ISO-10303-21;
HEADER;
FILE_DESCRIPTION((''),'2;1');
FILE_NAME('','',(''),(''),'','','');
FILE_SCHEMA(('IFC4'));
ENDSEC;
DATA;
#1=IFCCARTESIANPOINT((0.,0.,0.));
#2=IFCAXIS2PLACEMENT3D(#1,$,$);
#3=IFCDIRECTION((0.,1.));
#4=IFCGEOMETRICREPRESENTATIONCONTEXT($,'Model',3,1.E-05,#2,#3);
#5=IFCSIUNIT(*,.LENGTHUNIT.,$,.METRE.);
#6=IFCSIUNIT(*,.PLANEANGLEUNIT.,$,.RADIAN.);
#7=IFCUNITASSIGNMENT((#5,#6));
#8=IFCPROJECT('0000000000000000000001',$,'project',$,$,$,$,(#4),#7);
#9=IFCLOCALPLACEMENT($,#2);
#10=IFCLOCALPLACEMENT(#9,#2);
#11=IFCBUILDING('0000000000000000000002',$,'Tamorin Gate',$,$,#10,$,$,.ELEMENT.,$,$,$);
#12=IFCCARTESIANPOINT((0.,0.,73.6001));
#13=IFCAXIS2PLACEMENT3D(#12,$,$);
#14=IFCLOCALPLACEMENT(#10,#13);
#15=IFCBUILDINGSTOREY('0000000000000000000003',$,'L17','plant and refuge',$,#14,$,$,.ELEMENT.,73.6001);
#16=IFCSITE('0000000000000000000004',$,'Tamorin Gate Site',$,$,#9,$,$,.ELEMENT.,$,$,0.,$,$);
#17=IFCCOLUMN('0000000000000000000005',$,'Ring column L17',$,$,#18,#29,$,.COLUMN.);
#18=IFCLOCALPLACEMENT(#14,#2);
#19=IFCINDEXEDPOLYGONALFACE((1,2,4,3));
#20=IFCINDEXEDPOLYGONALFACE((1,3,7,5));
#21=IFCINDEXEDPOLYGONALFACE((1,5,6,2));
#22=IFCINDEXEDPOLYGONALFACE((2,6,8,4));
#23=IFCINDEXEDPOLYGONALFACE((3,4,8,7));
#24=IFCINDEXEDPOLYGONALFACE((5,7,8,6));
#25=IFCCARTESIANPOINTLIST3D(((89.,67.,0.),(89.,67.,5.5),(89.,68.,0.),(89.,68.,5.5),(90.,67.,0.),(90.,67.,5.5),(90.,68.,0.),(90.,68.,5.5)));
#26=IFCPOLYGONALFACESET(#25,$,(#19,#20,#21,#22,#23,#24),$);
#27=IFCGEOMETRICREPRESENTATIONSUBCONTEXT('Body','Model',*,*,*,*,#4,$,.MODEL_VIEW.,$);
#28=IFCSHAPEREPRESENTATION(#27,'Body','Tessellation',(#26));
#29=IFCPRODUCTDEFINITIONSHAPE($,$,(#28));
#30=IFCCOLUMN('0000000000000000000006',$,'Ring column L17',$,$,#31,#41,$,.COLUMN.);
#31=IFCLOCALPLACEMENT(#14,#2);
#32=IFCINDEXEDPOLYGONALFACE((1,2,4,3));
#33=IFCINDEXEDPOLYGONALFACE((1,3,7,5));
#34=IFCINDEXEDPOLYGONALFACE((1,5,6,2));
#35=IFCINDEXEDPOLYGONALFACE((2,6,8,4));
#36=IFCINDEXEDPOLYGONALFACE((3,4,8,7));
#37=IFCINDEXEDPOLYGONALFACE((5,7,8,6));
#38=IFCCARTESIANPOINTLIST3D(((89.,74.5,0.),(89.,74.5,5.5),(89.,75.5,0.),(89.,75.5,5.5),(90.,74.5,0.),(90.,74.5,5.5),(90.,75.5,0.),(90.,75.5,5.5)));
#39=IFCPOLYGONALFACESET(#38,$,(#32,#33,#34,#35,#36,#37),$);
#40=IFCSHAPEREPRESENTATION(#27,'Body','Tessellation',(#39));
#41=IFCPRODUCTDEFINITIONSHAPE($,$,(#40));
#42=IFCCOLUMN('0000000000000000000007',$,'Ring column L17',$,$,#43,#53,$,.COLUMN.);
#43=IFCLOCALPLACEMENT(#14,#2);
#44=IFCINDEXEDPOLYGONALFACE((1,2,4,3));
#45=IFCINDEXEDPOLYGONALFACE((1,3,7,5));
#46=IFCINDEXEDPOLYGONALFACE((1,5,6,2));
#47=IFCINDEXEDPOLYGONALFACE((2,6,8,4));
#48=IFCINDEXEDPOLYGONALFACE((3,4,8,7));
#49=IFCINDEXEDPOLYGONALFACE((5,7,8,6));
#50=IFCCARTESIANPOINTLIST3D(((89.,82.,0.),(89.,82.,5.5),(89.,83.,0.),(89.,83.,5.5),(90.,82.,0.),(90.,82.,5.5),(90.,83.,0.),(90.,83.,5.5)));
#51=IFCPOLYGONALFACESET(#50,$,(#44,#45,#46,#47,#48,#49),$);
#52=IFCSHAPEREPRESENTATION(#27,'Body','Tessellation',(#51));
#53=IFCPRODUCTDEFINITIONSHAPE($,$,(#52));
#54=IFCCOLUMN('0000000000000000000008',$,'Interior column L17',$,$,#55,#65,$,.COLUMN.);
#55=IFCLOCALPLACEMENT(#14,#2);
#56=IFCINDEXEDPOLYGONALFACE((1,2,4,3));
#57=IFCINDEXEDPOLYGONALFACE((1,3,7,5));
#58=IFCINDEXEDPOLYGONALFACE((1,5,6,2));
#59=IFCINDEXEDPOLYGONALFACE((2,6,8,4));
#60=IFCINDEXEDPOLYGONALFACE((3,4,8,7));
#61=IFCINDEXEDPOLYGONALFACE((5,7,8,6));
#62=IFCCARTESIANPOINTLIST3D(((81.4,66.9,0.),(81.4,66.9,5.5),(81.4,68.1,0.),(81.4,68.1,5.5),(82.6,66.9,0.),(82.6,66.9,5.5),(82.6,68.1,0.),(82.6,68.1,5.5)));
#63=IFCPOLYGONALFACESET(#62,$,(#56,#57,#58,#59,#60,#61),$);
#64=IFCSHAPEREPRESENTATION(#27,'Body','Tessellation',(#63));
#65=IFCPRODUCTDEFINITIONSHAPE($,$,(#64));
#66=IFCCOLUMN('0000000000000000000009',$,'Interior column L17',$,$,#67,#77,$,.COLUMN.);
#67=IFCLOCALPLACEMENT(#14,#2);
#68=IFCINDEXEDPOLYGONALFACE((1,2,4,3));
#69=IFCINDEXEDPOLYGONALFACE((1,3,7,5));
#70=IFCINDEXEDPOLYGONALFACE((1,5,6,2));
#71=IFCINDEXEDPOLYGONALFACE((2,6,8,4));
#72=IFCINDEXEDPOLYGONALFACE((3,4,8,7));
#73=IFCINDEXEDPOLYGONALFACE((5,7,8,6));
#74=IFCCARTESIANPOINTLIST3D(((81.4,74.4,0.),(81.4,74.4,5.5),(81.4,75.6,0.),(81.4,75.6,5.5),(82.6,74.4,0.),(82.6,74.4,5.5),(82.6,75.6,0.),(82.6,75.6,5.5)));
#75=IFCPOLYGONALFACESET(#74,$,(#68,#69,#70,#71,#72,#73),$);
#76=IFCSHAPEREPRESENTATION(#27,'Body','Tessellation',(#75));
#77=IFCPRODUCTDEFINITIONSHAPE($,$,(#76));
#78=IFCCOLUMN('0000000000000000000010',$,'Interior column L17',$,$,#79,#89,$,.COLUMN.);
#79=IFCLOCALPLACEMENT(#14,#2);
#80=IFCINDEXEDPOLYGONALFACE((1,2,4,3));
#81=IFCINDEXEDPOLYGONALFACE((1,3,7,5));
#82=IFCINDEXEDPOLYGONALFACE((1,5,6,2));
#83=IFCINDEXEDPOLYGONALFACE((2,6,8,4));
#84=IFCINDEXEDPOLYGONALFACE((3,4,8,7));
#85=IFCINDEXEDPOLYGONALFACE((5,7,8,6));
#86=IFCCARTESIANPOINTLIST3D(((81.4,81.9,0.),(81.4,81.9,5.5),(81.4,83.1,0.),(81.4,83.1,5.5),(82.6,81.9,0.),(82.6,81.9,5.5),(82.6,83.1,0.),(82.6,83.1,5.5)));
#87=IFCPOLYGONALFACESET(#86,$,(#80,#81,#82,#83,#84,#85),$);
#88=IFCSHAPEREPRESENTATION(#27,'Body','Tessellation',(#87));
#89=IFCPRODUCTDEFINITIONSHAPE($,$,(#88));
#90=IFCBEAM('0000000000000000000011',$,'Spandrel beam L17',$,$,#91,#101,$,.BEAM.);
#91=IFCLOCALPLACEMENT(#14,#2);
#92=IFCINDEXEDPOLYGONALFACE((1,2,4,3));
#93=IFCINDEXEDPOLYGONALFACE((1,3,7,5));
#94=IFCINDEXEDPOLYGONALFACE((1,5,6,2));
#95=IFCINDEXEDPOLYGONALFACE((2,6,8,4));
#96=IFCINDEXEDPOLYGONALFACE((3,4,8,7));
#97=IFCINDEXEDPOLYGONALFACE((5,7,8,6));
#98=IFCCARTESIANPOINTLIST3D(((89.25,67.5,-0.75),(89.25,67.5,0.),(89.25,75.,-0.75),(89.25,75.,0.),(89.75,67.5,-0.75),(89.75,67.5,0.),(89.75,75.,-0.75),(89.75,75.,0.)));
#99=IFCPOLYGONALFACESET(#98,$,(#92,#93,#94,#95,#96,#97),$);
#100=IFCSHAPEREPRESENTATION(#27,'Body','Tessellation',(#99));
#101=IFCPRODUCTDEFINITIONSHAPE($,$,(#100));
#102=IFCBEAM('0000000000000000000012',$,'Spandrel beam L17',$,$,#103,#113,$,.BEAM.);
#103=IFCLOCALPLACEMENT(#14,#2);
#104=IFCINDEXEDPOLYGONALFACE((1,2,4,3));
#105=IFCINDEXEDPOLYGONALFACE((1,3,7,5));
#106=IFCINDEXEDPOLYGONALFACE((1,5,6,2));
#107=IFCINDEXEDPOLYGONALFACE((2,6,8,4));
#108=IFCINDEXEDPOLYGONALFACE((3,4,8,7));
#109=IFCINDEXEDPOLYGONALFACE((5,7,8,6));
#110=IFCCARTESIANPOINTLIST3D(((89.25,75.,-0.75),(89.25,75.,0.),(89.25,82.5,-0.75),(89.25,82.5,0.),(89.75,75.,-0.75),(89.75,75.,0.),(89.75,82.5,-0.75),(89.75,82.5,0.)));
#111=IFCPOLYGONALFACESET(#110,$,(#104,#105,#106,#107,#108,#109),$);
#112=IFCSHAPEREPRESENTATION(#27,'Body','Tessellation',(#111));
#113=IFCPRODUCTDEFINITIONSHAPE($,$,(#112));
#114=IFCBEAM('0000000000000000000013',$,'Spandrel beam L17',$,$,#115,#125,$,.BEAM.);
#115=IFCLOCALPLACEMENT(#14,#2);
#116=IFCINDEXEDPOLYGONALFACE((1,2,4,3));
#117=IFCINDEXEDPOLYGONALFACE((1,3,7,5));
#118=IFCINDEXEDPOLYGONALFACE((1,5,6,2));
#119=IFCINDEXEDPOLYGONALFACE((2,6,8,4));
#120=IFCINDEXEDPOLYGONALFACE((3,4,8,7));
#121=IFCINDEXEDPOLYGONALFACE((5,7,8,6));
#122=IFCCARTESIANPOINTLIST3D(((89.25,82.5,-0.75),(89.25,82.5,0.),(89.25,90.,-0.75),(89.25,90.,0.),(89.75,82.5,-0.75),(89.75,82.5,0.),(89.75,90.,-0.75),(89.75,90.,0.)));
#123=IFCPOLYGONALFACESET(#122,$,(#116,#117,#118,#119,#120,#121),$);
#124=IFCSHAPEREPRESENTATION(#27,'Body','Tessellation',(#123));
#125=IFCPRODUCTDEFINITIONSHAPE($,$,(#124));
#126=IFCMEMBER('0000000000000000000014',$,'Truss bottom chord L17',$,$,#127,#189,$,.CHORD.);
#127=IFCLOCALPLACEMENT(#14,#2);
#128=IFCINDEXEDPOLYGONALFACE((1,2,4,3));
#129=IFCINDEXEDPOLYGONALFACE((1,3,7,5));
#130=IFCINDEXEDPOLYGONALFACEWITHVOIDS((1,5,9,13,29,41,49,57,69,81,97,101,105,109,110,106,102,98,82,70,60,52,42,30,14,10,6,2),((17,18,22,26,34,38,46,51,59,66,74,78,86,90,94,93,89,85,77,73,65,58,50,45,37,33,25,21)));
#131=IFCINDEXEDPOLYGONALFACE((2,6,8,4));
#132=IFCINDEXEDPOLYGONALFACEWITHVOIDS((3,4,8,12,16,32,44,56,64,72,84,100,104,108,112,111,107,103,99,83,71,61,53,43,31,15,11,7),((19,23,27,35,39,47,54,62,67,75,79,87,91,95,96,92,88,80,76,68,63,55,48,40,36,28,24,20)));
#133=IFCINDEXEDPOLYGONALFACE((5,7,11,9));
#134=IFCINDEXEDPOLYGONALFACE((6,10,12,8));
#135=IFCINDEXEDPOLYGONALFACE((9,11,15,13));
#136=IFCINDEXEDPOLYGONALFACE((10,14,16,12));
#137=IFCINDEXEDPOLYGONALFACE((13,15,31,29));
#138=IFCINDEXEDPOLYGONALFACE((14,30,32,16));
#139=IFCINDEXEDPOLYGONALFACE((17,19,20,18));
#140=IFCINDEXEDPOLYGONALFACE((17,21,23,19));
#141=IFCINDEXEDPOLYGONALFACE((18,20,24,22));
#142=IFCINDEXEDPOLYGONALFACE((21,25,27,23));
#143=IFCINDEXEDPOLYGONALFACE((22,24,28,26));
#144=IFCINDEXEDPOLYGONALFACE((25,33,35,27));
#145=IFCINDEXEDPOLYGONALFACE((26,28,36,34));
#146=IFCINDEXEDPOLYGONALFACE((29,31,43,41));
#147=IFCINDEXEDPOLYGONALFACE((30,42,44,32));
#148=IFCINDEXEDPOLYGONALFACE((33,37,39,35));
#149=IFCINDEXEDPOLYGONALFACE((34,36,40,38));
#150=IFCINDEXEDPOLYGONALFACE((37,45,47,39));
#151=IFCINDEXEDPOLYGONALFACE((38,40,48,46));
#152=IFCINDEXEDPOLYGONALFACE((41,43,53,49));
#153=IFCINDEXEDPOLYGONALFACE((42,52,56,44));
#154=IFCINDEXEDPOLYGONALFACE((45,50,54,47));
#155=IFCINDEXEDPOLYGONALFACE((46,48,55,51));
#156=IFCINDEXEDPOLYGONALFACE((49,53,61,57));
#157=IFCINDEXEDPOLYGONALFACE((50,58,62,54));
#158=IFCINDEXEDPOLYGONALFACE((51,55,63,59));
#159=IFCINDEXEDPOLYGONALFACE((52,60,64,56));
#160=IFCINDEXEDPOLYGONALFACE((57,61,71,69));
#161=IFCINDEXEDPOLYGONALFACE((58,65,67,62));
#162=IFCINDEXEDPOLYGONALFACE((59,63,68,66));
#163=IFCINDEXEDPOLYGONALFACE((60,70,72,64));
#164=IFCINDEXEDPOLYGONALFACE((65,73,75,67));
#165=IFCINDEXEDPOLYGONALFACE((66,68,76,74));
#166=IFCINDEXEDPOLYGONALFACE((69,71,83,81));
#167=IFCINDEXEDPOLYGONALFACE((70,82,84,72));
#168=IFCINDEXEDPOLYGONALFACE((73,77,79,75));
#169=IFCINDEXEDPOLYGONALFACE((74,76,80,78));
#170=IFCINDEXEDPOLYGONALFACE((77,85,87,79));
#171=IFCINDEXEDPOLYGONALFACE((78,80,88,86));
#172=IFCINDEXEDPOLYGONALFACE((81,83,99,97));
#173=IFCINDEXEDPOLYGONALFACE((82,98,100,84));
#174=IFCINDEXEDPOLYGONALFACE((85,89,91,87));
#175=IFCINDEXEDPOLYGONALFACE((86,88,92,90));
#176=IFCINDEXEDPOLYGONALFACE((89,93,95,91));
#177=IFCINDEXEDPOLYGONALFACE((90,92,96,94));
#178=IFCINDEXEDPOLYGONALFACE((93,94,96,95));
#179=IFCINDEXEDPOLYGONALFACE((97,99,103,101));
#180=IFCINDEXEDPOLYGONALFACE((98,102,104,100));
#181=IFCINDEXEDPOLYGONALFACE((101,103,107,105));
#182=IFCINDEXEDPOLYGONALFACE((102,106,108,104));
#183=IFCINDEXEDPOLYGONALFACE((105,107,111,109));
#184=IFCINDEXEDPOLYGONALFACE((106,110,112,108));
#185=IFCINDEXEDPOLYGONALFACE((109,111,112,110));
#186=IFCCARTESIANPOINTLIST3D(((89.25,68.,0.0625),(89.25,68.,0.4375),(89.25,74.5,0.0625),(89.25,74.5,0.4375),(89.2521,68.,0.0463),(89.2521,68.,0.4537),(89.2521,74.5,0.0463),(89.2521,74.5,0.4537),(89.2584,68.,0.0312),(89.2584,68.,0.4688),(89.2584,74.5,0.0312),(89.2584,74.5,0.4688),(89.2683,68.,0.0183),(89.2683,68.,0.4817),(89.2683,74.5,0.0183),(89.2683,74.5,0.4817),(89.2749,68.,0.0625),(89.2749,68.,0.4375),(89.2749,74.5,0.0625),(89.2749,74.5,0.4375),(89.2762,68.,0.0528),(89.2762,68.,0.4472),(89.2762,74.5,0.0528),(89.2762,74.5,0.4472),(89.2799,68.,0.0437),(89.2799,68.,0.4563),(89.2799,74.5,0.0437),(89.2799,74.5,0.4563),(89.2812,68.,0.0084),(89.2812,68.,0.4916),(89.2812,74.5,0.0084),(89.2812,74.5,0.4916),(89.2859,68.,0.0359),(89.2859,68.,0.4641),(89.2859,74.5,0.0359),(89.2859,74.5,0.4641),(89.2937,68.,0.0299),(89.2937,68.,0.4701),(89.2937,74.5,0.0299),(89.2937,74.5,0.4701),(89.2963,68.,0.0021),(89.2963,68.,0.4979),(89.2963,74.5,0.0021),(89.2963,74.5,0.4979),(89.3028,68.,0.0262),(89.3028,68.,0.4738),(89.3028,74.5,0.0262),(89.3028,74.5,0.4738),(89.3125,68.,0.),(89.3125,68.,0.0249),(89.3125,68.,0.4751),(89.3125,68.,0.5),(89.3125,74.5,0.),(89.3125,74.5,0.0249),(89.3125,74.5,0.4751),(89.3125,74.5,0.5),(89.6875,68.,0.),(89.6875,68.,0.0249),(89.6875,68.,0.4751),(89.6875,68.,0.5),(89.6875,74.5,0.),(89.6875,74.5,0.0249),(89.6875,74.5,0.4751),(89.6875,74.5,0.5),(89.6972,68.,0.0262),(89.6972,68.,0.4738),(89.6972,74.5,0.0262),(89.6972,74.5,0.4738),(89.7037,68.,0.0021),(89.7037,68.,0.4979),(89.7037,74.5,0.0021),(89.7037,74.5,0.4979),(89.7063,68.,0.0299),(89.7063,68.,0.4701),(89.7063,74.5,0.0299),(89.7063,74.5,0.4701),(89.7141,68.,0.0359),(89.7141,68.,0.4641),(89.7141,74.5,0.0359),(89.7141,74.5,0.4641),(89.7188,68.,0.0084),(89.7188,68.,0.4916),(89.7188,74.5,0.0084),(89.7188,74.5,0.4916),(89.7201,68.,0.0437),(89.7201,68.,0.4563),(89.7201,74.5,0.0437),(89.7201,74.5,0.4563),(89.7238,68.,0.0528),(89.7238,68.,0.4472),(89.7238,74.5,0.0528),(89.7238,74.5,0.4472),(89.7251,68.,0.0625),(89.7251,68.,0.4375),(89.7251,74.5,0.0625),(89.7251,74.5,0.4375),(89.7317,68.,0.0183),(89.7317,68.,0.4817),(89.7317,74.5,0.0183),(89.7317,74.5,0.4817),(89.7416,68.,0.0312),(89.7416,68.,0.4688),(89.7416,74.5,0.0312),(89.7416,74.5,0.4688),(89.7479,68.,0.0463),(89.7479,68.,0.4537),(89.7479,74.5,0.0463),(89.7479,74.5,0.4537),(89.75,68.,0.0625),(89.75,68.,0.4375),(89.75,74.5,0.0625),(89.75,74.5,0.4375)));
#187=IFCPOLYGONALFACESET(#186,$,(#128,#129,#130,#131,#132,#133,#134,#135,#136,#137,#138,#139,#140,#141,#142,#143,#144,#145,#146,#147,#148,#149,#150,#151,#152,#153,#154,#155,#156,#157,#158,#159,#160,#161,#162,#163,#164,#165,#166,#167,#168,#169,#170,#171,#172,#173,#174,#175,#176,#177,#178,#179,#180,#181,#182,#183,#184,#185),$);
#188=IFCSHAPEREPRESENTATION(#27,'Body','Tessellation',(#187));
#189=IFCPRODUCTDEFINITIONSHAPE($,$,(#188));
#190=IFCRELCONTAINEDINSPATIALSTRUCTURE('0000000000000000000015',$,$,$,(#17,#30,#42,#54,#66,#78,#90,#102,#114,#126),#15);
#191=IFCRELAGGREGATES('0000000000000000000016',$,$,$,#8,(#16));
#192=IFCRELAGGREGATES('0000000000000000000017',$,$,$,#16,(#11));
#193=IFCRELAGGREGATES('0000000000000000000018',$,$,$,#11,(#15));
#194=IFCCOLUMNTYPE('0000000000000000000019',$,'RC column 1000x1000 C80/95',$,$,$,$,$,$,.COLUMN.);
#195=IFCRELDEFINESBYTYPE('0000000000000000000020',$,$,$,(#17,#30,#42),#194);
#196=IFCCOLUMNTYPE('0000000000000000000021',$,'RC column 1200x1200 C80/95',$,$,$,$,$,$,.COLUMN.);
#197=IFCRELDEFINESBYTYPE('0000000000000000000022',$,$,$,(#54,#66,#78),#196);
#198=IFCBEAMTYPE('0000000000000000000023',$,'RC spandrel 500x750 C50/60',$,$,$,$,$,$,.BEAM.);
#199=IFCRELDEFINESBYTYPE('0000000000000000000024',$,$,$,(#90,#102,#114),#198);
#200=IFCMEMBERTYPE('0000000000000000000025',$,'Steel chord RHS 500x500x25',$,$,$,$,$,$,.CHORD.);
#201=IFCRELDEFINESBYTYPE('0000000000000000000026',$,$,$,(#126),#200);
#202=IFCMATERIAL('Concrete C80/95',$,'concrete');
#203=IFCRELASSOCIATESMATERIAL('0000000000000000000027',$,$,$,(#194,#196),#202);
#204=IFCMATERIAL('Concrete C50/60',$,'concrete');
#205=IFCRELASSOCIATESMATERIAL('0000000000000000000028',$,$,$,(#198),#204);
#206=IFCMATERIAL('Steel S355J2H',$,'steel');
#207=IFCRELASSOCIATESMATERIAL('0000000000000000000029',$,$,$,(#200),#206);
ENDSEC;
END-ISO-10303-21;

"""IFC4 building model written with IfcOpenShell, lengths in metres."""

from ifc_helpers import new_model, si_unit, direction, frame, origin, origin_2d, place, context, subcontext, project, spatial, rectangle, hollow_rectangle, extrude, material, material_profile, profile_set, type_object, element, save


model = new_model("IFC4")

# Units and contexts
model_context = context("Model", 3, precision=1e-05, world=origin(), true_north=direction((0.0, 1.0)))
body_context = subcontext(model_context, "Body", "Model", "MODEL_VIEW")
ifc_project = project(units=[si_unit("LENGTHUNIT", "METRE"), si_unit("PLANEANGLEUNIT", "RADIAN")], contexts=[model_context])

# Site, building, storey
site_placement = place(None, origin())
site = spatial("IfcSite", under=ifc_project, at=site_placement, Name="Tamorin Gate Site", CompositionType="ELEMENT", RefElevation=0.0)
building_placement = place(site_placement, origin())
building = spatial("IfcBuilding", under=site, at=building_placement, Name="Tamorin Gate", CompositionType="ELEMENT")
storey_placement = place(building_placement, frame((0.0, 0.0, 73.6001)))
storey = spatial("IfcBuildingStorey", under=building, at=storey_placement, Name="L17", Description="plant and refuge", CompositionType="ELEMENT", Elevation=73.6001)

# Columns
ifc_material_1 = material(Name="Concrete C80/95", Category="concrete")
ifc_material_profile_1 = material_profile(ifc_material_1, rectangle(XDim=1.0, YDim=1.0, at=origin_2d()), Name="RC 1000x1000")
ifc_profile_set_1 = profile_set([ifc_material_profile_1], Name="Concrete C80/95")
column_type_1 = type_object("IfcColumnType", Name="RC column 1000x1000 C80/95", PredefinedType="COLUMN", material=ifc_profile_set_1)
for number, where, z_axis, x_axis, name in (
    (1, (89.5, 67.5, 0.0), (0.0, 0.0, 1.0), (1.0, 0.0, 0.0), "Ring column L17"),
    (2, (89.5, 75.0, 0.0), (0.0, 0.0, 1.0), (1.0, 0.0, 0.0), "Ring column L17"),
    (3, (89.5, 82.5, 0.0), (0.0, 0.0, 1.0), (1.0, 0.0, 0.0), "Ring column L17"),
):
    element("IfcColumn", number, at=place(storey_placement, frame(where, z_axis=z_axis, x_axis=x_axis)), inside=storey, type_object=column_type_1, Name=name, PredefinedType="COLUMN", context=body_context, shape_type="SweptSolid", body=[
        extrude(rectangle(XDim=1.0, YDim=1.0, at=origin_2d()), origin(), (0.0, 0.0, 1.0), 5.5),
    ])
ifc_material_profile_2 = material_profile(ifc_material_1, rectangle(XDim=1.2, YDim=1.2, at=origin_2d()), Name="RC 1200x1200")
ifc_profile_set_2 = profile_set([ifc_material_profile_2], Name="Concrete C80/95")
column_type_2 = type_object("IfcColumnType", Name="RC column 1200x1200 C80/95", PredefinedType="COLUMN", material=ifc_profile_set_2)
for number, where, z_axis, x_axis, name in (
    (4, (82.0, 67.5, 0.0), (0.0, 0.0, 1.0), (1.0, 0.0, 0.0), "Interior column L17"),
    (5, (82.0, 75.0, 0.0), (0.0, 0.0, 1.0), (1.0, 0.0, 0.0), "Interior column L17"),
    (6, (82.0, 82.5, 0.0), (0.0, 0.0, 1.0), (1.0, 0.0, 0.0), "Interior column L17"),
):
    element("IfcColumn", number, at=place(storey_placement, frame(where, z_axis=z_axis, x_axis=x_axis)), inside=storey, type_object=column_type_2, Name=name, PredefinedType="COLUMN", context=body_context, shape_type="SweptSolid", body=[
        extrude(rectangle(XDim=1.2, YDim=1.2, at=origin_2d()), origin(), (0.0, 0.0, 1.0), 5.5),
    ])

# Beams
ifc_material_2 = material(Name="Concrete C50/60", Category="concrete")
ifc_material_profile_3 = material_profile(ifc_material_2, rectangle(XDim=0.5, YDim=0.75, at=origin_2d()), Name="RC 500x750")
ifc_profile_set_3 = profile_set([ifc_material_profile_3], Name="Concrete C50/60")
beam_type = type_object("IfcBeamType", Name="RC spandrel 500x750 C50/60", PredefinedType="BEAM", material=ifc_profile_set_3)
for number, where, z_axis, x_axis, name in (
    (7, (89.5, 67.5, -0.375), (0.0, 1.0, 0.0), (-1.0, 0.0, 0.0), "Spandrel beam L17"),
    (8, (89.5, 75.0, -0.375), (0.0, 1.0, 0.0), (-1.0, 0.0, 0.0), "Spandrel beam L17"),
    (9, (89.5, 82.5, -0.375), (0.0, 1.0, 0.0), (-1.0, 0.0, 0.0), "Spandrel beam L17"),
):
    element("IfcBeam", number, at=place(storey_placement, frame(where, z_axis=z_axis, x_axis=x_axis)), inside=storey, type_object=beam_type, Name=name, PredefinedType="BEAM", context=body_context, shape_type="SweptSolid", body=[
        extrude(rectangle(XDim=0.5, YDim=0.75, at=origin_2d()), origin(), (0.0, 0.0, 1.0), 7.5),
    ])

# Member
ifc_material_3 = material(Name="Steel S355J2H", Category="steel")
ifc_material_profile_4 = material_profile(ifc_material_3, hollow_rectangle(XDim=0.5, YDim=0.5, WallThickness=0.0249, InnerFilletRadius=0.0376, OuterFilletRadius=0.0625, at=origin_2d()), Name="RHS 500x500x25")
ifc_profile_set_4 = profile_set([ifc_material_profile_4], Name="Steel S355J2H")
member_type_1 = type_object("IfcMemberType", Name="Steel chord RHS 500x500x25", PredefinedType="CHORD", material=ifc_profile_set_4)
for number, where, z_axis, x_axis, name in (
    (10, (89.5, 68.0, 0.25), (0.0, 1.0, 0.0), (-1.0, 0.0, 0.0), "Truss bottom chord L17"),
):
    element("IfcMember", number, at=place(storey_placement, frame(where, z_axis=z_axis, x_axis=x_axis)), inside=storey, type_object=member_type_1, Name=name, PredefinedType="CHORD", context=body_context, shape_type="SweptSolid", body=[
        extrude(hollow_rectangle(XDim=0.5, YDim=0.5, WallThickness=0.0249, InnerFilletRadius=0.0376, OuterFilletRadius=0.0625, at=origin_2d()), origin(), (0.0, 0.0, 1.0), 6.5),
    ])

save(model, "model.ifc")
